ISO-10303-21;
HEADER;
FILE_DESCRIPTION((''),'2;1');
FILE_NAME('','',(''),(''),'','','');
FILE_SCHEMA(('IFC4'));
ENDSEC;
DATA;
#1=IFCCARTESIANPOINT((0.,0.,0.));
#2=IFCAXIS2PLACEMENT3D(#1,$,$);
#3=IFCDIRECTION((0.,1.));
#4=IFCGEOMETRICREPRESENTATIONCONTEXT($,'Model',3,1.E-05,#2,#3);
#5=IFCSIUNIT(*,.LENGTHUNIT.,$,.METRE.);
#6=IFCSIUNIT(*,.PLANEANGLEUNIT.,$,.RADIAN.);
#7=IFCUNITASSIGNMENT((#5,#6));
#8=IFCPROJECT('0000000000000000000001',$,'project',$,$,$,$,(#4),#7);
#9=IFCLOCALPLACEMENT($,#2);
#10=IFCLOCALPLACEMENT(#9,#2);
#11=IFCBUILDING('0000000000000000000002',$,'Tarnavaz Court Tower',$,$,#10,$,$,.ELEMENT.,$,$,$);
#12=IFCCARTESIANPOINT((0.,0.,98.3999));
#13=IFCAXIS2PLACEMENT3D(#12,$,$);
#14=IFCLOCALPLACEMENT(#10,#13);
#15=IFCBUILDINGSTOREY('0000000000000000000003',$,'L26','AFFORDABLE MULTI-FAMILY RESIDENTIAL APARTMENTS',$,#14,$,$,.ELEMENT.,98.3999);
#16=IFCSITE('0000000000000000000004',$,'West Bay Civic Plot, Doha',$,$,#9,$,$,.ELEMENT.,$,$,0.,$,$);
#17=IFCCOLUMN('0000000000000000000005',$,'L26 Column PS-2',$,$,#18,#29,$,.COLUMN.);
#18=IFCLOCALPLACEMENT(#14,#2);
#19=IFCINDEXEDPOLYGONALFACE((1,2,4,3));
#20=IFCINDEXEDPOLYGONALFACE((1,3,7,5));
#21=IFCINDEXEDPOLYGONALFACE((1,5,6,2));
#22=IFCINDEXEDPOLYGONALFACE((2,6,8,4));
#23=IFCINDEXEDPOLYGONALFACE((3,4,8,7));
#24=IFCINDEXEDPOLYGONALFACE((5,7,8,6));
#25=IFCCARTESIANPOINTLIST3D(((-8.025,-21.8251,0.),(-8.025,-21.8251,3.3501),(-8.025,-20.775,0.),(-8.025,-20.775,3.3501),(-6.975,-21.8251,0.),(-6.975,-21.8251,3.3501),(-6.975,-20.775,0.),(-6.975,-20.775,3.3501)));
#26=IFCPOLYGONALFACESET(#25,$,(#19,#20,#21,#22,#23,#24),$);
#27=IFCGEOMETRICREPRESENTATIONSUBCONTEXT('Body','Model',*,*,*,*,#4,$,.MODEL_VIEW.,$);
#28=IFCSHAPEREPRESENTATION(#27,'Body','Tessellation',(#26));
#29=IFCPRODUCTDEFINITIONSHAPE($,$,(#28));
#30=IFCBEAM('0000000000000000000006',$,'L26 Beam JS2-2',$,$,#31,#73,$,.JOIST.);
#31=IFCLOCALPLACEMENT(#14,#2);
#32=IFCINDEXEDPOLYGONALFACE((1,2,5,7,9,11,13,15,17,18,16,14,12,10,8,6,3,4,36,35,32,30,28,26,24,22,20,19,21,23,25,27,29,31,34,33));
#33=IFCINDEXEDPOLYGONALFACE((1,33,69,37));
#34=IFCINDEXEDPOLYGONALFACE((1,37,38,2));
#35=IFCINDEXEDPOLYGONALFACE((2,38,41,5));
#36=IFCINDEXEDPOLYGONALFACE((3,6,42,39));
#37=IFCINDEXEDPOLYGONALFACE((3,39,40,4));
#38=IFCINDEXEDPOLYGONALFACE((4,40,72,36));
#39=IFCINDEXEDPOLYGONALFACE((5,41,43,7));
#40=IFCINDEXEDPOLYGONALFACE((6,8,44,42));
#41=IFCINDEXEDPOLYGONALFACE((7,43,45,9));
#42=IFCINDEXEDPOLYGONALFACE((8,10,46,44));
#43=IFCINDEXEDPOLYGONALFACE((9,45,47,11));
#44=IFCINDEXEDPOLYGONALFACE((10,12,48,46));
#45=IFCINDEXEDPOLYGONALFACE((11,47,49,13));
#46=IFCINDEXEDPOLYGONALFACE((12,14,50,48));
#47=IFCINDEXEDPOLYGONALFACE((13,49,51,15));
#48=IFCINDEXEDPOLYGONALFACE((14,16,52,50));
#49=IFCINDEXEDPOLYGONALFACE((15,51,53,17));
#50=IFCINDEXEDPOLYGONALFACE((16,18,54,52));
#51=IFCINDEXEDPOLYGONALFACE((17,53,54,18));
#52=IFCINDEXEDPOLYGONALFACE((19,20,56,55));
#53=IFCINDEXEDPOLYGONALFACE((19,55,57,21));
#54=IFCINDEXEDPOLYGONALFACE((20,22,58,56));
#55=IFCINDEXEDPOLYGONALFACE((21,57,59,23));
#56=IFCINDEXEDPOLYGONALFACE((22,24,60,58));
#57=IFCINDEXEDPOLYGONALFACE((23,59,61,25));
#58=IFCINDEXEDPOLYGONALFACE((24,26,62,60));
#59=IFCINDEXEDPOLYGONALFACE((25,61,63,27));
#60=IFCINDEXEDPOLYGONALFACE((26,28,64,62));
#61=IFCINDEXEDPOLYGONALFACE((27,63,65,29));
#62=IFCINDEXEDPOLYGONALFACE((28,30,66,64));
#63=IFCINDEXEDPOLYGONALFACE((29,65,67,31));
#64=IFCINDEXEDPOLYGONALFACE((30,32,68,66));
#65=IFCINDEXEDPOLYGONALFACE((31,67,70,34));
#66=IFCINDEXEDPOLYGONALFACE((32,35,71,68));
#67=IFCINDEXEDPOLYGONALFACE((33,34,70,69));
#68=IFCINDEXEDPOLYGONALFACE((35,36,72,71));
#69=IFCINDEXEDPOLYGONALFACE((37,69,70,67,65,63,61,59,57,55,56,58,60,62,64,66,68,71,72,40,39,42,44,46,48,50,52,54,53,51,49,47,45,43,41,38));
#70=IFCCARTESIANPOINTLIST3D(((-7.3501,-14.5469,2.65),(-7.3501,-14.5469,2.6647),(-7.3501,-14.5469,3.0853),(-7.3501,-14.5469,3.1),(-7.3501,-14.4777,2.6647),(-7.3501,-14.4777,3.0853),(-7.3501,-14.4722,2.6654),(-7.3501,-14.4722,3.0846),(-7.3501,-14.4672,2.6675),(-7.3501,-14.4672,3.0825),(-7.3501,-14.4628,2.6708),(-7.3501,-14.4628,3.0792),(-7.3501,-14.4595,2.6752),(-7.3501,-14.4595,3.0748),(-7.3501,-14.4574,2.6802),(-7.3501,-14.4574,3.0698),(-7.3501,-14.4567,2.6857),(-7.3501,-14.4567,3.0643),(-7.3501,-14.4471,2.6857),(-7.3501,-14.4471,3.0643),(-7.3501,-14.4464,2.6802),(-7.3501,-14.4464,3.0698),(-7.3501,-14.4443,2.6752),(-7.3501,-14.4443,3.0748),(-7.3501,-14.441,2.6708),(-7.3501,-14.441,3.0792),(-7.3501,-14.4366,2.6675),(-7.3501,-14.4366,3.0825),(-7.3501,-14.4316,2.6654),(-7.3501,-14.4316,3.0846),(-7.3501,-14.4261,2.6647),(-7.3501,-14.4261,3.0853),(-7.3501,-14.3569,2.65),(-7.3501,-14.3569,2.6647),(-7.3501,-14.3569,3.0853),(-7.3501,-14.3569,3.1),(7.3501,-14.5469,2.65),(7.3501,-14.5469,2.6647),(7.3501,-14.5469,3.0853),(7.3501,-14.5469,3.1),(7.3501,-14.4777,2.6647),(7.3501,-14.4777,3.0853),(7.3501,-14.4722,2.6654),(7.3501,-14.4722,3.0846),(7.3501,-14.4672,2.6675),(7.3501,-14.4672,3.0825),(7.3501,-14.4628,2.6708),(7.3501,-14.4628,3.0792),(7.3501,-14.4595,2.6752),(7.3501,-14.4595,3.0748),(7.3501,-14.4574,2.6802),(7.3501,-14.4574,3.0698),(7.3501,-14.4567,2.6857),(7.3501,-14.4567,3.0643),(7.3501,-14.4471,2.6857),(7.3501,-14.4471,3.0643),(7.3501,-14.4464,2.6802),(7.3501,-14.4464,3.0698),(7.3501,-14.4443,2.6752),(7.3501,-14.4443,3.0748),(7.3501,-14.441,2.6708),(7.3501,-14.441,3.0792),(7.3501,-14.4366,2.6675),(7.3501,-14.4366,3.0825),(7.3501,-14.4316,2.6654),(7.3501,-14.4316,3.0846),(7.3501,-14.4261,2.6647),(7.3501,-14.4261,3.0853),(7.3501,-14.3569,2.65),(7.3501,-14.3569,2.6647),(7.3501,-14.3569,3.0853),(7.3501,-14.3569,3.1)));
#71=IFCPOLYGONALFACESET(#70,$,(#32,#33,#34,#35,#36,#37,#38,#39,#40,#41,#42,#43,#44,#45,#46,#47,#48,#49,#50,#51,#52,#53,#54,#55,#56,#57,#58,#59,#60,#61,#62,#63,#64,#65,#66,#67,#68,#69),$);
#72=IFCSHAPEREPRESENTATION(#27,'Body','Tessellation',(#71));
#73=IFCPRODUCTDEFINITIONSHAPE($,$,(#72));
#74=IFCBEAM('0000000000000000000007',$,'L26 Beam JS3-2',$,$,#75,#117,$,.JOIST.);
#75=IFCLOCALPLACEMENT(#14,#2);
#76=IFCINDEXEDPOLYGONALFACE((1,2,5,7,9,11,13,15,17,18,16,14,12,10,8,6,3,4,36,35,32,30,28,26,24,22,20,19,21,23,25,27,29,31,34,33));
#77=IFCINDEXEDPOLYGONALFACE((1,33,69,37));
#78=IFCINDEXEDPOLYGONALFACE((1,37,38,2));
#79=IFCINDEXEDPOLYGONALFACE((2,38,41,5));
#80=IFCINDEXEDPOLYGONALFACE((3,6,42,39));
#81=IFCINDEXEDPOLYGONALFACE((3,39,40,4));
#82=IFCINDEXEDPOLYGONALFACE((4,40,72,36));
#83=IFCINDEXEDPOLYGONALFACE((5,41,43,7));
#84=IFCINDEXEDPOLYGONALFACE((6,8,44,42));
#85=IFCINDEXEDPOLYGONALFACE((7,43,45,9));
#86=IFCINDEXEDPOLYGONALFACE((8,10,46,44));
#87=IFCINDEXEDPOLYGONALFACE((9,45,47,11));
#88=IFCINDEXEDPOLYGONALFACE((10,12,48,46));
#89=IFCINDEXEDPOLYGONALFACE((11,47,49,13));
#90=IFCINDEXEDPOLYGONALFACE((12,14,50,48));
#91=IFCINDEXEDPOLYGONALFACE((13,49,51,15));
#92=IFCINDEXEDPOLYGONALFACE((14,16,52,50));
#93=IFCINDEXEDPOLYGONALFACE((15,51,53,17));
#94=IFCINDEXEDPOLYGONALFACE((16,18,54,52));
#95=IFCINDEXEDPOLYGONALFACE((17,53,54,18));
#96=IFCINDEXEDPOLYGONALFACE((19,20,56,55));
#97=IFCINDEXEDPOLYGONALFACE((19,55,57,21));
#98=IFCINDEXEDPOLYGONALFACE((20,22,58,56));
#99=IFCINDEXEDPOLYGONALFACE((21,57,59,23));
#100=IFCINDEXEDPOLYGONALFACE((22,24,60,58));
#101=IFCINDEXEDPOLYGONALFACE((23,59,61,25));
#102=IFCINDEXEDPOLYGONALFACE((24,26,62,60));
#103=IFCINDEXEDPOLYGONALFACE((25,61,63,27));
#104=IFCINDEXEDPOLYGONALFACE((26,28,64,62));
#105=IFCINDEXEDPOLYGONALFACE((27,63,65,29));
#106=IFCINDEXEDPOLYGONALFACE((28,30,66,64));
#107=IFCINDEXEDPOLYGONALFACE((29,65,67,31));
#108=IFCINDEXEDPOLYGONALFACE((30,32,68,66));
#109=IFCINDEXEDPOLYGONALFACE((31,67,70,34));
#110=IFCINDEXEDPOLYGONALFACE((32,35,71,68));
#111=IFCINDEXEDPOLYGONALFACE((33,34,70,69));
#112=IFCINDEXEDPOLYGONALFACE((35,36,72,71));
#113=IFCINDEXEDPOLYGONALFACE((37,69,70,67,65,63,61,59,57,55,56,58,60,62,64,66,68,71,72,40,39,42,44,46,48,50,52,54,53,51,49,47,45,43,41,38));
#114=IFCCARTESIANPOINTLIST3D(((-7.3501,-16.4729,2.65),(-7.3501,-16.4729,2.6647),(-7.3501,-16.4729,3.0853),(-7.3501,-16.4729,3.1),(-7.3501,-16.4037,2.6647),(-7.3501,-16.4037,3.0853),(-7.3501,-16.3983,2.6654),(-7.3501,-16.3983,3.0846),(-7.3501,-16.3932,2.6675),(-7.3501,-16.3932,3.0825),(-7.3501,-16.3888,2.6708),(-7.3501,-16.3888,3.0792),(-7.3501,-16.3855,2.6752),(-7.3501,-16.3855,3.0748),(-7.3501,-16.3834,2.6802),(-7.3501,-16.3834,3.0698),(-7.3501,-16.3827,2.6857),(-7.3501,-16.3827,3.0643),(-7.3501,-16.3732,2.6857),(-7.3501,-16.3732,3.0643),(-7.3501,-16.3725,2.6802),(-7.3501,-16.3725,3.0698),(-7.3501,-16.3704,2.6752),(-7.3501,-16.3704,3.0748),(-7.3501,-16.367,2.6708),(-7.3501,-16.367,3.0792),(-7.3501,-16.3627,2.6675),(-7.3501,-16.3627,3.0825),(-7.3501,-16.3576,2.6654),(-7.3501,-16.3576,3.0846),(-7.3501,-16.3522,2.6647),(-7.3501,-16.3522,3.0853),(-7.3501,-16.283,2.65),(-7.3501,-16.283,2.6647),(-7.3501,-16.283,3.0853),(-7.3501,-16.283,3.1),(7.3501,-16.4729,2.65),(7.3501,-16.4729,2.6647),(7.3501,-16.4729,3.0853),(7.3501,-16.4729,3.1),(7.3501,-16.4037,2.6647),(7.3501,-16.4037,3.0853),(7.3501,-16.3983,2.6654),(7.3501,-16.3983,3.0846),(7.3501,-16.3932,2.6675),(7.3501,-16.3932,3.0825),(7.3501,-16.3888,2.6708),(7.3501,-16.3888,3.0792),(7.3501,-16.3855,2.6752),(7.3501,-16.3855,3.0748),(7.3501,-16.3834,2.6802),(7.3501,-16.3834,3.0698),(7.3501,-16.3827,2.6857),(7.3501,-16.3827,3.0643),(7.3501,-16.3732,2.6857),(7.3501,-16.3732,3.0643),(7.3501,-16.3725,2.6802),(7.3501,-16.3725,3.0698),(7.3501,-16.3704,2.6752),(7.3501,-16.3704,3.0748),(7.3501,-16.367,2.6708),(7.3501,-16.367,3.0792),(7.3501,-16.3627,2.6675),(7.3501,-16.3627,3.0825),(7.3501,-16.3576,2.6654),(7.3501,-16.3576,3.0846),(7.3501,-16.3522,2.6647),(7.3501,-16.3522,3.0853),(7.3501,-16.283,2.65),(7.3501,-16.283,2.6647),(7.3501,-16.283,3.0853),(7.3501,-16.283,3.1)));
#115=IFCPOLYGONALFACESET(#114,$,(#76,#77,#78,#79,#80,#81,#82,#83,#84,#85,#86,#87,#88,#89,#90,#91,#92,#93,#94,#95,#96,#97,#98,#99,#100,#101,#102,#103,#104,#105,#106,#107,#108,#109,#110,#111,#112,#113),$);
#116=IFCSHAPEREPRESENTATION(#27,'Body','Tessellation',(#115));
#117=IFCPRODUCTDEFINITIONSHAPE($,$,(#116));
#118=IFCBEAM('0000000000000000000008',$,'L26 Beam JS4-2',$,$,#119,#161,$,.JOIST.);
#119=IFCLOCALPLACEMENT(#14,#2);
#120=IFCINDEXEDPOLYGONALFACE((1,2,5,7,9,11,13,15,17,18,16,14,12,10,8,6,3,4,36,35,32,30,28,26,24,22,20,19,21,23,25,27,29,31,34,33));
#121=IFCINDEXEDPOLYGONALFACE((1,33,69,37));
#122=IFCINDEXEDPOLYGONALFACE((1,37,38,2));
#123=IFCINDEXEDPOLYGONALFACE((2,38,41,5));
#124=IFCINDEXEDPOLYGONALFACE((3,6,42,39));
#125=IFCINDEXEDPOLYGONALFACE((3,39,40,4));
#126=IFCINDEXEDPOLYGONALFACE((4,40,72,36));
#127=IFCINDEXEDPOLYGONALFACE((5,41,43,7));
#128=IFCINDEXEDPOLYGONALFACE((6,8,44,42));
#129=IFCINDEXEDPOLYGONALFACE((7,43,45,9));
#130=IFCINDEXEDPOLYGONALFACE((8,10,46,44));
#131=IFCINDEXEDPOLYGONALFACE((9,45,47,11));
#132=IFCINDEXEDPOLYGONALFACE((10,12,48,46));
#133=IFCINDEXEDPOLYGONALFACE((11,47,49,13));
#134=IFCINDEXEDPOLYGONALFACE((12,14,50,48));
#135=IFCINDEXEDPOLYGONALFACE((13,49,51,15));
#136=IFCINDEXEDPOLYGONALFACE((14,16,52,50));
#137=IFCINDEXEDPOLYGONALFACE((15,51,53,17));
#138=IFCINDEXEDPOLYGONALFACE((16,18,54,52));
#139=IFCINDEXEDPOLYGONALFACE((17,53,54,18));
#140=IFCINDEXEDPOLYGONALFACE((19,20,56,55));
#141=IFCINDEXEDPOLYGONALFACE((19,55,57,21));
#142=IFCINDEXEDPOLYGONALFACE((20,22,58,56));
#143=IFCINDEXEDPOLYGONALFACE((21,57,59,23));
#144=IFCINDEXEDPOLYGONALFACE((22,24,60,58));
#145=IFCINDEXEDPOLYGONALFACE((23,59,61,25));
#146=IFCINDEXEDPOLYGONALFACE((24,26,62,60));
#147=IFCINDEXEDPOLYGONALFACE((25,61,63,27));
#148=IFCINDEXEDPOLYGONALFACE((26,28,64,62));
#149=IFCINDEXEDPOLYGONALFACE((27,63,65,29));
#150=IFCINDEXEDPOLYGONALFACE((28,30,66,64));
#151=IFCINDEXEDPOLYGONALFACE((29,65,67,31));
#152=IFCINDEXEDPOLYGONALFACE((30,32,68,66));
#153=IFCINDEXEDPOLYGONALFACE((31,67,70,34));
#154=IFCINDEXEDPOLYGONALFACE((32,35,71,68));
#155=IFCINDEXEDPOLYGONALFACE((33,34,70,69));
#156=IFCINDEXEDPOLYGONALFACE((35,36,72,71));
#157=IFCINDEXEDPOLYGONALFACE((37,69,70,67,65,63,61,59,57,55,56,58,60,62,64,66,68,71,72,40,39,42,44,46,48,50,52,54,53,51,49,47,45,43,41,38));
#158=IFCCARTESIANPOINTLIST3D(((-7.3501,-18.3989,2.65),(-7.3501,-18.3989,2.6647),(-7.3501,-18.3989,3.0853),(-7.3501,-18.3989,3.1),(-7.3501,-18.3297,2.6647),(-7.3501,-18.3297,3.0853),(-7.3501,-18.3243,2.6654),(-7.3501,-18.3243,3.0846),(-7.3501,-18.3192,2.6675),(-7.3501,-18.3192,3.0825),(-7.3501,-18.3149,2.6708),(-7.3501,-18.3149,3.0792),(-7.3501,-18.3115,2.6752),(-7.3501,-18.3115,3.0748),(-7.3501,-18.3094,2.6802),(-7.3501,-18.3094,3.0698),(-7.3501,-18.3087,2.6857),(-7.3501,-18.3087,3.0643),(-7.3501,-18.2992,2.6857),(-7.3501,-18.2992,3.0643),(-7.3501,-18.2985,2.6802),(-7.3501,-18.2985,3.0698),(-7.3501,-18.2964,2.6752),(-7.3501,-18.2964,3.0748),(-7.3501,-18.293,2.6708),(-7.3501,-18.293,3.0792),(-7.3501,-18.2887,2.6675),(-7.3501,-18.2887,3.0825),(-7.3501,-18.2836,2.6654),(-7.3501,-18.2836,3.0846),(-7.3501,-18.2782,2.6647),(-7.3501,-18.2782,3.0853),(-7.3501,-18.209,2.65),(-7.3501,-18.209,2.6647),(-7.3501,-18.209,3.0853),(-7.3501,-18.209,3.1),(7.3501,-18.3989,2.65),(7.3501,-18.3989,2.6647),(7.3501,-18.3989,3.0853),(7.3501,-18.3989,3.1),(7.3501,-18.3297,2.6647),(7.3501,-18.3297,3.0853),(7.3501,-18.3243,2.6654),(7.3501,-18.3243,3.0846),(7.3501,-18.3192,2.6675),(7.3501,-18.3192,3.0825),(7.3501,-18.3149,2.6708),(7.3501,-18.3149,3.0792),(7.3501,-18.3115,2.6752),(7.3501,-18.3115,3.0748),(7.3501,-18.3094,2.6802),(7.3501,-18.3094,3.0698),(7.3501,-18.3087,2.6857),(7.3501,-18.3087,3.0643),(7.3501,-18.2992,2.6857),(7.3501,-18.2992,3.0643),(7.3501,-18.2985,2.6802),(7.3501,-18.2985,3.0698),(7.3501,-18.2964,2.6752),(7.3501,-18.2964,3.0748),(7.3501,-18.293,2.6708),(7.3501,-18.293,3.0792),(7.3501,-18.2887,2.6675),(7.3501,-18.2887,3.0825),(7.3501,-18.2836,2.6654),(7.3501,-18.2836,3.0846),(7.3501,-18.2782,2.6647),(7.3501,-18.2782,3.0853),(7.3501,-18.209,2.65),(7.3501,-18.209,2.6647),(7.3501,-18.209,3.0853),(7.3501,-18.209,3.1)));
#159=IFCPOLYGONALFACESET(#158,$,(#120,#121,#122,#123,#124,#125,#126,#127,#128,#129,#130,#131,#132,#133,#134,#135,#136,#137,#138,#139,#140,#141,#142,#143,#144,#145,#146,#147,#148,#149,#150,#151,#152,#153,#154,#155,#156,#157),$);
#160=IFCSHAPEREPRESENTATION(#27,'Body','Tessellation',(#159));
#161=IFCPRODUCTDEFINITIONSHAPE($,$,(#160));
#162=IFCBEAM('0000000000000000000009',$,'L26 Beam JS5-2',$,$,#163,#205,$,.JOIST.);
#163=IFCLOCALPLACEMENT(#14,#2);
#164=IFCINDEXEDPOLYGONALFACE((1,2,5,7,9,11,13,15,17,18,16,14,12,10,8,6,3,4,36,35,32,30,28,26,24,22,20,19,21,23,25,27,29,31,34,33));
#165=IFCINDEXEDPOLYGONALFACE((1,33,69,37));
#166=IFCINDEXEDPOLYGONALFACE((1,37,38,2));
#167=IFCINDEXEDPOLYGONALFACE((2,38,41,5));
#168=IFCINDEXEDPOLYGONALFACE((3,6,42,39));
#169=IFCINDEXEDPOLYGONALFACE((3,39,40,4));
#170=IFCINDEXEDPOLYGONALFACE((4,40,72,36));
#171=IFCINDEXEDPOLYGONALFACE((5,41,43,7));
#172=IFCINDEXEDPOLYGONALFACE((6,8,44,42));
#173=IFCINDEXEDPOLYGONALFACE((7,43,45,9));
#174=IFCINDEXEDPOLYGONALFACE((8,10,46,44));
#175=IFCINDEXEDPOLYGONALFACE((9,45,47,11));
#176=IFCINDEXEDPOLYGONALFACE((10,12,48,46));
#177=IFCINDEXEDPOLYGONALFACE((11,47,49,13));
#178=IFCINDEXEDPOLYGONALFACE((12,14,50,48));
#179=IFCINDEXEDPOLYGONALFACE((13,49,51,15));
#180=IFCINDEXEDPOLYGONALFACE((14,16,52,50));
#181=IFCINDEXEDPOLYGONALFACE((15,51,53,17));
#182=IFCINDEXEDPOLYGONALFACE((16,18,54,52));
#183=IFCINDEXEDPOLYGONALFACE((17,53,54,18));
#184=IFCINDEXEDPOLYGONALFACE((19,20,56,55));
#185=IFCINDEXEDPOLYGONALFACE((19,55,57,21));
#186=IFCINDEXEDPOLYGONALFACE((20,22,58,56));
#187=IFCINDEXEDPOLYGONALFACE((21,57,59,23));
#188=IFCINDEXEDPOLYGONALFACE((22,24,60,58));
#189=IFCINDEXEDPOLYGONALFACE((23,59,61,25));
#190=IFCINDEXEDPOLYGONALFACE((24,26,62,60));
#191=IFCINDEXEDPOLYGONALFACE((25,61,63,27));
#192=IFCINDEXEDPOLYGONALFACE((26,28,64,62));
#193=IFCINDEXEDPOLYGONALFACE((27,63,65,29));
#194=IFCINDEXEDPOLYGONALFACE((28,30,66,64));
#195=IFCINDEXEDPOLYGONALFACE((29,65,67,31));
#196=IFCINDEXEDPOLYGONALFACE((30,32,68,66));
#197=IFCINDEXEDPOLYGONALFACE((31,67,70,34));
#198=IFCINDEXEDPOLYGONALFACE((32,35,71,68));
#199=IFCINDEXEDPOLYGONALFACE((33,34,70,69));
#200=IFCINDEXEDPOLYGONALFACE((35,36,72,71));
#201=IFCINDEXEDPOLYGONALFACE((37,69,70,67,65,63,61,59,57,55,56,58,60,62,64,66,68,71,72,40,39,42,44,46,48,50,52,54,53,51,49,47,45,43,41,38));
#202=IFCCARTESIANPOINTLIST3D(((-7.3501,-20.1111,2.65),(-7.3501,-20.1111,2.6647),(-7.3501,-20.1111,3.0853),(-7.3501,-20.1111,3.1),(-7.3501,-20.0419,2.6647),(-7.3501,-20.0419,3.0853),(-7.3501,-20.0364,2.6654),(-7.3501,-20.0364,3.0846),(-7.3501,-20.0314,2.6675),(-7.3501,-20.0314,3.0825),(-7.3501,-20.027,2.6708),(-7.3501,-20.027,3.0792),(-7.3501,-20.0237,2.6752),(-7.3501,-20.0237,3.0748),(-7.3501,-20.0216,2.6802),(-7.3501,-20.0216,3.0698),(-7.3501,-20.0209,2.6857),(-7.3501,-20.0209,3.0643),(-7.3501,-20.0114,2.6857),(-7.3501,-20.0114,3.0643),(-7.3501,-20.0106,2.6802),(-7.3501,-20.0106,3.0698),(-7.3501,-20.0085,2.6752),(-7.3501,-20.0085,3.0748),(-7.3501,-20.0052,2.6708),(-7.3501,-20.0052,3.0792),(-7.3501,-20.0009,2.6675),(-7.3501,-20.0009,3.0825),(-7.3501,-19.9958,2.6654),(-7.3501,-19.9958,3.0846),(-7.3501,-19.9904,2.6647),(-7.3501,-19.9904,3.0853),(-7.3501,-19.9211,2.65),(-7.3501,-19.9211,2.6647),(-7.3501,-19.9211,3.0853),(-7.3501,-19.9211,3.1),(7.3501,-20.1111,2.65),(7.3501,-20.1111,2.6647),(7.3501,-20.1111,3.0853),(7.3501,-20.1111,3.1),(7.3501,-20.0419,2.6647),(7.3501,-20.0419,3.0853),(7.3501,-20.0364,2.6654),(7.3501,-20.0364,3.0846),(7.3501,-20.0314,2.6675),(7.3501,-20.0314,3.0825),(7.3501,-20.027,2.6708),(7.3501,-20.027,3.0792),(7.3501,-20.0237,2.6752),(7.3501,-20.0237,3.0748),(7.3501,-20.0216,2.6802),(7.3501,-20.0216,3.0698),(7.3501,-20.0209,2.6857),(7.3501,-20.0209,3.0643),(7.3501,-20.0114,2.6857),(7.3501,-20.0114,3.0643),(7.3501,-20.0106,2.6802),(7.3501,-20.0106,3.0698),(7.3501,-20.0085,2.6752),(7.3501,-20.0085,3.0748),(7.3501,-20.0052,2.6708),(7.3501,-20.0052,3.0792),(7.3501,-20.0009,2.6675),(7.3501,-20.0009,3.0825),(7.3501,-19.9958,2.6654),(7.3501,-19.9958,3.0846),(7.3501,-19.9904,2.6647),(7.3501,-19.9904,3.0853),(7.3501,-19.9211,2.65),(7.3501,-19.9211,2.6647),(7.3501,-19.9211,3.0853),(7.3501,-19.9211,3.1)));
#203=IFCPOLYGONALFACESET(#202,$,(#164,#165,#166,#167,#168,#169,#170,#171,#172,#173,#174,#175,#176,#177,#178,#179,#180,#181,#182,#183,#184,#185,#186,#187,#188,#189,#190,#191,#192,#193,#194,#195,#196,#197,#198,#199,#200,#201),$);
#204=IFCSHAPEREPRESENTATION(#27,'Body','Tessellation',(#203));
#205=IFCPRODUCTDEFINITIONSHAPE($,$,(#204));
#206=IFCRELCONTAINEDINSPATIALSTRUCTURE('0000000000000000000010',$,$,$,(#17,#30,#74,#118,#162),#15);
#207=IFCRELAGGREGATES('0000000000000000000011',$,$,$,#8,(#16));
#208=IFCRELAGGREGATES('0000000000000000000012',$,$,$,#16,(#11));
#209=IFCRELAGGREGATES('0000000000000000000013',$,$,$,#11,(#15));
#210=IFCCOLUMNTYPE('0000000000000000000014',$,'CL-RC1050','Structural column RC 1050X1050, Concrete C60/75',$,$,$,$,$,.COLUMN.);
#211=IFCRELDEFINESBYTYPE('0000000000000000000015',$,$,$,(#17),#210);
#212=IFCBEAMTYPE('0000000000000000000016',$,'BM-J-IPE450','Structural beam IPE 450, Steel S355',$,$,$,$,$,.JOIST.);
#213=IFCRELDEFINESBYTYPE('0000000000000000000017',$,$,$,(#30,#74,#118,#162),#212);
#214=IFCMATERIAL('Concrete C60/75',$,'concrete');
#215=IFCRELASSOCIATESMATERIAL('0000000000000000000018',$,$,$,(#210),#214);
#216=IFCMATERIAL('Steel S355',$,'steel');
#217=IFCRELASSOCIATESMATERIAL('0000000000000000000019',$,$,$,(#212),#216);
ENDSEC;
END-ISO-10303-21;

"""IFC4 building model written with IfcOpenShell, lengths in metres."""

from ifc_helpers import new_model, si_unit, direction, frame, origin, origin_2d, place, context, subcontext, project, spatial, rectangle, i_section, extrude, material, material_profile, profile_set, type_object, element, save


model = new_model("IFC4")

# Units and contexts
model_context = context("Model", 3, precision=1e-05, world=origin(), true_north=direction((0.0, 1.0)))
body_context = subcontext(model_context, "Body", "Model", "MODEL_VIEW")
ifc_project = project(units=[si_unit("LENGTHUNIT", "METRE"), si_unit("PLANEANGLEUNIT", "RADIAN")], contexts=[model_context])

# Site, building, storey
site_placement = place(None, origin())
site = spatial("IfcSite", under=ifc_project, at=site_placement, Name="West Bay Civic Plot, Doha", CompositionType="ELEMENT", RefElevation=0.0)
building_placement = place(site_placement, origin())
building = spatial("IfcBuilding", under=site, at=building_placement, Name="Tarnavaz Court Tower", CompositionType="ELEMENT")
storey_placement = place(building_placement, frame((0.0, 0.0, 98.3999)))
storey = spatial("IfcBuildingStorey", under=building, at=storey_placement, Name="L26", Description="AFFORDABLE MULTI-FAMILY RESIDENTIAL APARTMENTS", CompositionType="ELEMENT", Elevation=98.3999)

# Column
ifc_material_1 = material(Name="Concrete C60/75", Category="concrete")
ifc_material_profile_1 = material_profile(ifc_material_1, rectangle(XDim=1.05, YDim=1.05, at=origin_2d()), Name="RC 1050X1050")
ifc_profile_set_1 = profile_set([ifc_material_profile_1], Name="Concrete C60/75")
column_type = type_object("IfcColumnType", Name="CL-RC1050", Description="Structural column RC 1050X1050, Concrete C60/75", PredefinedType="COLUMN", material=ifc_profile_set_1)
column_placement = place(storey_placement, frame((-7.5, -21.3, 0.0), z_axis=(0.0, 0.0, 1.0), x_axis=(1.0, 0.0, 0.0)))
element("IfcColumn", 1, at=column_placement, inside=storey, type_object=column_type, Name="L26 Column PS-2", PredefinedType="COLUMN", context=body_context, shape_type="SweptSolid", body=[
    extrude(rectangle(XDim=1.05, YDim=1.05, at=origin_2d()), origin(), (0.0, 0.0, 1.0), 3.3501),
])

# Beams
ifc_material_2 = material(Name="Steel S355", Category="steel")
ifc_material_profile_2 = material_profile(ifc_material_2, i_section(OverallWidth=0.1899, OverallDepth=0.45, WebThickness=0.0095, FlangeThickness=0.0146, FilletRadius=0.021, at=origin_2d()), Name="IPE 450")
ifc_profile_set_2 = profile_set([ifc_material_profile_2], Name="Steel S355")
beam_type_1 = type_object("IfcBeamType", Name="BM-J-IPE450", Description="Structural beam IPE 450, Steel S355", PredefinedType="JOIST", material=ifc_profile_set_2)
for number, where, z_axis, x_axis, name in (
    (2, (-7.3501, -14.4519, 2.875), (1.0, 0.0, 0.0), (0.0, 1.0, 0.0), "L26 Beam JS2-2"),
    (3, (-7.3501, -16.3779, 2.875), (1.0, 0.0, 0.0), (0.0, 1.0, 0.0), "L26 Beam JS3-2"),
    (4, (-7.3501, -18.304, 2.875), (1.0, 0.0, 0.0), (0.0, 1.0, 0.0), "L26 Beam JS4-2"),
    (5, (-7.3501, -20.0161, 2.875), (1.0, 0.0, 0.0), (0.0, 1.0, 0.0), "L26 Beam JS5-2"),
):
    element("IfcBeam", number, at=place(storey_placement, frame(where, z_axis=z_axis, x_axis=x_axis)), inside=storey, type_object=beam_type_1, Name=name, PredefinedType="JOIST", context=body_context, shape_type="SweptSolid", body=[
        extrude(i_section(OverallWidth=0.1899, OverallDepth=0.45, WebThickness=0.0095, FlangeThickness=0.0146, FilletRadius=0.021, at=origin_2d()), origin(), (0.0, 0.0, 1.0), 14.7002),
    ])

save(model, "model.ifc")
